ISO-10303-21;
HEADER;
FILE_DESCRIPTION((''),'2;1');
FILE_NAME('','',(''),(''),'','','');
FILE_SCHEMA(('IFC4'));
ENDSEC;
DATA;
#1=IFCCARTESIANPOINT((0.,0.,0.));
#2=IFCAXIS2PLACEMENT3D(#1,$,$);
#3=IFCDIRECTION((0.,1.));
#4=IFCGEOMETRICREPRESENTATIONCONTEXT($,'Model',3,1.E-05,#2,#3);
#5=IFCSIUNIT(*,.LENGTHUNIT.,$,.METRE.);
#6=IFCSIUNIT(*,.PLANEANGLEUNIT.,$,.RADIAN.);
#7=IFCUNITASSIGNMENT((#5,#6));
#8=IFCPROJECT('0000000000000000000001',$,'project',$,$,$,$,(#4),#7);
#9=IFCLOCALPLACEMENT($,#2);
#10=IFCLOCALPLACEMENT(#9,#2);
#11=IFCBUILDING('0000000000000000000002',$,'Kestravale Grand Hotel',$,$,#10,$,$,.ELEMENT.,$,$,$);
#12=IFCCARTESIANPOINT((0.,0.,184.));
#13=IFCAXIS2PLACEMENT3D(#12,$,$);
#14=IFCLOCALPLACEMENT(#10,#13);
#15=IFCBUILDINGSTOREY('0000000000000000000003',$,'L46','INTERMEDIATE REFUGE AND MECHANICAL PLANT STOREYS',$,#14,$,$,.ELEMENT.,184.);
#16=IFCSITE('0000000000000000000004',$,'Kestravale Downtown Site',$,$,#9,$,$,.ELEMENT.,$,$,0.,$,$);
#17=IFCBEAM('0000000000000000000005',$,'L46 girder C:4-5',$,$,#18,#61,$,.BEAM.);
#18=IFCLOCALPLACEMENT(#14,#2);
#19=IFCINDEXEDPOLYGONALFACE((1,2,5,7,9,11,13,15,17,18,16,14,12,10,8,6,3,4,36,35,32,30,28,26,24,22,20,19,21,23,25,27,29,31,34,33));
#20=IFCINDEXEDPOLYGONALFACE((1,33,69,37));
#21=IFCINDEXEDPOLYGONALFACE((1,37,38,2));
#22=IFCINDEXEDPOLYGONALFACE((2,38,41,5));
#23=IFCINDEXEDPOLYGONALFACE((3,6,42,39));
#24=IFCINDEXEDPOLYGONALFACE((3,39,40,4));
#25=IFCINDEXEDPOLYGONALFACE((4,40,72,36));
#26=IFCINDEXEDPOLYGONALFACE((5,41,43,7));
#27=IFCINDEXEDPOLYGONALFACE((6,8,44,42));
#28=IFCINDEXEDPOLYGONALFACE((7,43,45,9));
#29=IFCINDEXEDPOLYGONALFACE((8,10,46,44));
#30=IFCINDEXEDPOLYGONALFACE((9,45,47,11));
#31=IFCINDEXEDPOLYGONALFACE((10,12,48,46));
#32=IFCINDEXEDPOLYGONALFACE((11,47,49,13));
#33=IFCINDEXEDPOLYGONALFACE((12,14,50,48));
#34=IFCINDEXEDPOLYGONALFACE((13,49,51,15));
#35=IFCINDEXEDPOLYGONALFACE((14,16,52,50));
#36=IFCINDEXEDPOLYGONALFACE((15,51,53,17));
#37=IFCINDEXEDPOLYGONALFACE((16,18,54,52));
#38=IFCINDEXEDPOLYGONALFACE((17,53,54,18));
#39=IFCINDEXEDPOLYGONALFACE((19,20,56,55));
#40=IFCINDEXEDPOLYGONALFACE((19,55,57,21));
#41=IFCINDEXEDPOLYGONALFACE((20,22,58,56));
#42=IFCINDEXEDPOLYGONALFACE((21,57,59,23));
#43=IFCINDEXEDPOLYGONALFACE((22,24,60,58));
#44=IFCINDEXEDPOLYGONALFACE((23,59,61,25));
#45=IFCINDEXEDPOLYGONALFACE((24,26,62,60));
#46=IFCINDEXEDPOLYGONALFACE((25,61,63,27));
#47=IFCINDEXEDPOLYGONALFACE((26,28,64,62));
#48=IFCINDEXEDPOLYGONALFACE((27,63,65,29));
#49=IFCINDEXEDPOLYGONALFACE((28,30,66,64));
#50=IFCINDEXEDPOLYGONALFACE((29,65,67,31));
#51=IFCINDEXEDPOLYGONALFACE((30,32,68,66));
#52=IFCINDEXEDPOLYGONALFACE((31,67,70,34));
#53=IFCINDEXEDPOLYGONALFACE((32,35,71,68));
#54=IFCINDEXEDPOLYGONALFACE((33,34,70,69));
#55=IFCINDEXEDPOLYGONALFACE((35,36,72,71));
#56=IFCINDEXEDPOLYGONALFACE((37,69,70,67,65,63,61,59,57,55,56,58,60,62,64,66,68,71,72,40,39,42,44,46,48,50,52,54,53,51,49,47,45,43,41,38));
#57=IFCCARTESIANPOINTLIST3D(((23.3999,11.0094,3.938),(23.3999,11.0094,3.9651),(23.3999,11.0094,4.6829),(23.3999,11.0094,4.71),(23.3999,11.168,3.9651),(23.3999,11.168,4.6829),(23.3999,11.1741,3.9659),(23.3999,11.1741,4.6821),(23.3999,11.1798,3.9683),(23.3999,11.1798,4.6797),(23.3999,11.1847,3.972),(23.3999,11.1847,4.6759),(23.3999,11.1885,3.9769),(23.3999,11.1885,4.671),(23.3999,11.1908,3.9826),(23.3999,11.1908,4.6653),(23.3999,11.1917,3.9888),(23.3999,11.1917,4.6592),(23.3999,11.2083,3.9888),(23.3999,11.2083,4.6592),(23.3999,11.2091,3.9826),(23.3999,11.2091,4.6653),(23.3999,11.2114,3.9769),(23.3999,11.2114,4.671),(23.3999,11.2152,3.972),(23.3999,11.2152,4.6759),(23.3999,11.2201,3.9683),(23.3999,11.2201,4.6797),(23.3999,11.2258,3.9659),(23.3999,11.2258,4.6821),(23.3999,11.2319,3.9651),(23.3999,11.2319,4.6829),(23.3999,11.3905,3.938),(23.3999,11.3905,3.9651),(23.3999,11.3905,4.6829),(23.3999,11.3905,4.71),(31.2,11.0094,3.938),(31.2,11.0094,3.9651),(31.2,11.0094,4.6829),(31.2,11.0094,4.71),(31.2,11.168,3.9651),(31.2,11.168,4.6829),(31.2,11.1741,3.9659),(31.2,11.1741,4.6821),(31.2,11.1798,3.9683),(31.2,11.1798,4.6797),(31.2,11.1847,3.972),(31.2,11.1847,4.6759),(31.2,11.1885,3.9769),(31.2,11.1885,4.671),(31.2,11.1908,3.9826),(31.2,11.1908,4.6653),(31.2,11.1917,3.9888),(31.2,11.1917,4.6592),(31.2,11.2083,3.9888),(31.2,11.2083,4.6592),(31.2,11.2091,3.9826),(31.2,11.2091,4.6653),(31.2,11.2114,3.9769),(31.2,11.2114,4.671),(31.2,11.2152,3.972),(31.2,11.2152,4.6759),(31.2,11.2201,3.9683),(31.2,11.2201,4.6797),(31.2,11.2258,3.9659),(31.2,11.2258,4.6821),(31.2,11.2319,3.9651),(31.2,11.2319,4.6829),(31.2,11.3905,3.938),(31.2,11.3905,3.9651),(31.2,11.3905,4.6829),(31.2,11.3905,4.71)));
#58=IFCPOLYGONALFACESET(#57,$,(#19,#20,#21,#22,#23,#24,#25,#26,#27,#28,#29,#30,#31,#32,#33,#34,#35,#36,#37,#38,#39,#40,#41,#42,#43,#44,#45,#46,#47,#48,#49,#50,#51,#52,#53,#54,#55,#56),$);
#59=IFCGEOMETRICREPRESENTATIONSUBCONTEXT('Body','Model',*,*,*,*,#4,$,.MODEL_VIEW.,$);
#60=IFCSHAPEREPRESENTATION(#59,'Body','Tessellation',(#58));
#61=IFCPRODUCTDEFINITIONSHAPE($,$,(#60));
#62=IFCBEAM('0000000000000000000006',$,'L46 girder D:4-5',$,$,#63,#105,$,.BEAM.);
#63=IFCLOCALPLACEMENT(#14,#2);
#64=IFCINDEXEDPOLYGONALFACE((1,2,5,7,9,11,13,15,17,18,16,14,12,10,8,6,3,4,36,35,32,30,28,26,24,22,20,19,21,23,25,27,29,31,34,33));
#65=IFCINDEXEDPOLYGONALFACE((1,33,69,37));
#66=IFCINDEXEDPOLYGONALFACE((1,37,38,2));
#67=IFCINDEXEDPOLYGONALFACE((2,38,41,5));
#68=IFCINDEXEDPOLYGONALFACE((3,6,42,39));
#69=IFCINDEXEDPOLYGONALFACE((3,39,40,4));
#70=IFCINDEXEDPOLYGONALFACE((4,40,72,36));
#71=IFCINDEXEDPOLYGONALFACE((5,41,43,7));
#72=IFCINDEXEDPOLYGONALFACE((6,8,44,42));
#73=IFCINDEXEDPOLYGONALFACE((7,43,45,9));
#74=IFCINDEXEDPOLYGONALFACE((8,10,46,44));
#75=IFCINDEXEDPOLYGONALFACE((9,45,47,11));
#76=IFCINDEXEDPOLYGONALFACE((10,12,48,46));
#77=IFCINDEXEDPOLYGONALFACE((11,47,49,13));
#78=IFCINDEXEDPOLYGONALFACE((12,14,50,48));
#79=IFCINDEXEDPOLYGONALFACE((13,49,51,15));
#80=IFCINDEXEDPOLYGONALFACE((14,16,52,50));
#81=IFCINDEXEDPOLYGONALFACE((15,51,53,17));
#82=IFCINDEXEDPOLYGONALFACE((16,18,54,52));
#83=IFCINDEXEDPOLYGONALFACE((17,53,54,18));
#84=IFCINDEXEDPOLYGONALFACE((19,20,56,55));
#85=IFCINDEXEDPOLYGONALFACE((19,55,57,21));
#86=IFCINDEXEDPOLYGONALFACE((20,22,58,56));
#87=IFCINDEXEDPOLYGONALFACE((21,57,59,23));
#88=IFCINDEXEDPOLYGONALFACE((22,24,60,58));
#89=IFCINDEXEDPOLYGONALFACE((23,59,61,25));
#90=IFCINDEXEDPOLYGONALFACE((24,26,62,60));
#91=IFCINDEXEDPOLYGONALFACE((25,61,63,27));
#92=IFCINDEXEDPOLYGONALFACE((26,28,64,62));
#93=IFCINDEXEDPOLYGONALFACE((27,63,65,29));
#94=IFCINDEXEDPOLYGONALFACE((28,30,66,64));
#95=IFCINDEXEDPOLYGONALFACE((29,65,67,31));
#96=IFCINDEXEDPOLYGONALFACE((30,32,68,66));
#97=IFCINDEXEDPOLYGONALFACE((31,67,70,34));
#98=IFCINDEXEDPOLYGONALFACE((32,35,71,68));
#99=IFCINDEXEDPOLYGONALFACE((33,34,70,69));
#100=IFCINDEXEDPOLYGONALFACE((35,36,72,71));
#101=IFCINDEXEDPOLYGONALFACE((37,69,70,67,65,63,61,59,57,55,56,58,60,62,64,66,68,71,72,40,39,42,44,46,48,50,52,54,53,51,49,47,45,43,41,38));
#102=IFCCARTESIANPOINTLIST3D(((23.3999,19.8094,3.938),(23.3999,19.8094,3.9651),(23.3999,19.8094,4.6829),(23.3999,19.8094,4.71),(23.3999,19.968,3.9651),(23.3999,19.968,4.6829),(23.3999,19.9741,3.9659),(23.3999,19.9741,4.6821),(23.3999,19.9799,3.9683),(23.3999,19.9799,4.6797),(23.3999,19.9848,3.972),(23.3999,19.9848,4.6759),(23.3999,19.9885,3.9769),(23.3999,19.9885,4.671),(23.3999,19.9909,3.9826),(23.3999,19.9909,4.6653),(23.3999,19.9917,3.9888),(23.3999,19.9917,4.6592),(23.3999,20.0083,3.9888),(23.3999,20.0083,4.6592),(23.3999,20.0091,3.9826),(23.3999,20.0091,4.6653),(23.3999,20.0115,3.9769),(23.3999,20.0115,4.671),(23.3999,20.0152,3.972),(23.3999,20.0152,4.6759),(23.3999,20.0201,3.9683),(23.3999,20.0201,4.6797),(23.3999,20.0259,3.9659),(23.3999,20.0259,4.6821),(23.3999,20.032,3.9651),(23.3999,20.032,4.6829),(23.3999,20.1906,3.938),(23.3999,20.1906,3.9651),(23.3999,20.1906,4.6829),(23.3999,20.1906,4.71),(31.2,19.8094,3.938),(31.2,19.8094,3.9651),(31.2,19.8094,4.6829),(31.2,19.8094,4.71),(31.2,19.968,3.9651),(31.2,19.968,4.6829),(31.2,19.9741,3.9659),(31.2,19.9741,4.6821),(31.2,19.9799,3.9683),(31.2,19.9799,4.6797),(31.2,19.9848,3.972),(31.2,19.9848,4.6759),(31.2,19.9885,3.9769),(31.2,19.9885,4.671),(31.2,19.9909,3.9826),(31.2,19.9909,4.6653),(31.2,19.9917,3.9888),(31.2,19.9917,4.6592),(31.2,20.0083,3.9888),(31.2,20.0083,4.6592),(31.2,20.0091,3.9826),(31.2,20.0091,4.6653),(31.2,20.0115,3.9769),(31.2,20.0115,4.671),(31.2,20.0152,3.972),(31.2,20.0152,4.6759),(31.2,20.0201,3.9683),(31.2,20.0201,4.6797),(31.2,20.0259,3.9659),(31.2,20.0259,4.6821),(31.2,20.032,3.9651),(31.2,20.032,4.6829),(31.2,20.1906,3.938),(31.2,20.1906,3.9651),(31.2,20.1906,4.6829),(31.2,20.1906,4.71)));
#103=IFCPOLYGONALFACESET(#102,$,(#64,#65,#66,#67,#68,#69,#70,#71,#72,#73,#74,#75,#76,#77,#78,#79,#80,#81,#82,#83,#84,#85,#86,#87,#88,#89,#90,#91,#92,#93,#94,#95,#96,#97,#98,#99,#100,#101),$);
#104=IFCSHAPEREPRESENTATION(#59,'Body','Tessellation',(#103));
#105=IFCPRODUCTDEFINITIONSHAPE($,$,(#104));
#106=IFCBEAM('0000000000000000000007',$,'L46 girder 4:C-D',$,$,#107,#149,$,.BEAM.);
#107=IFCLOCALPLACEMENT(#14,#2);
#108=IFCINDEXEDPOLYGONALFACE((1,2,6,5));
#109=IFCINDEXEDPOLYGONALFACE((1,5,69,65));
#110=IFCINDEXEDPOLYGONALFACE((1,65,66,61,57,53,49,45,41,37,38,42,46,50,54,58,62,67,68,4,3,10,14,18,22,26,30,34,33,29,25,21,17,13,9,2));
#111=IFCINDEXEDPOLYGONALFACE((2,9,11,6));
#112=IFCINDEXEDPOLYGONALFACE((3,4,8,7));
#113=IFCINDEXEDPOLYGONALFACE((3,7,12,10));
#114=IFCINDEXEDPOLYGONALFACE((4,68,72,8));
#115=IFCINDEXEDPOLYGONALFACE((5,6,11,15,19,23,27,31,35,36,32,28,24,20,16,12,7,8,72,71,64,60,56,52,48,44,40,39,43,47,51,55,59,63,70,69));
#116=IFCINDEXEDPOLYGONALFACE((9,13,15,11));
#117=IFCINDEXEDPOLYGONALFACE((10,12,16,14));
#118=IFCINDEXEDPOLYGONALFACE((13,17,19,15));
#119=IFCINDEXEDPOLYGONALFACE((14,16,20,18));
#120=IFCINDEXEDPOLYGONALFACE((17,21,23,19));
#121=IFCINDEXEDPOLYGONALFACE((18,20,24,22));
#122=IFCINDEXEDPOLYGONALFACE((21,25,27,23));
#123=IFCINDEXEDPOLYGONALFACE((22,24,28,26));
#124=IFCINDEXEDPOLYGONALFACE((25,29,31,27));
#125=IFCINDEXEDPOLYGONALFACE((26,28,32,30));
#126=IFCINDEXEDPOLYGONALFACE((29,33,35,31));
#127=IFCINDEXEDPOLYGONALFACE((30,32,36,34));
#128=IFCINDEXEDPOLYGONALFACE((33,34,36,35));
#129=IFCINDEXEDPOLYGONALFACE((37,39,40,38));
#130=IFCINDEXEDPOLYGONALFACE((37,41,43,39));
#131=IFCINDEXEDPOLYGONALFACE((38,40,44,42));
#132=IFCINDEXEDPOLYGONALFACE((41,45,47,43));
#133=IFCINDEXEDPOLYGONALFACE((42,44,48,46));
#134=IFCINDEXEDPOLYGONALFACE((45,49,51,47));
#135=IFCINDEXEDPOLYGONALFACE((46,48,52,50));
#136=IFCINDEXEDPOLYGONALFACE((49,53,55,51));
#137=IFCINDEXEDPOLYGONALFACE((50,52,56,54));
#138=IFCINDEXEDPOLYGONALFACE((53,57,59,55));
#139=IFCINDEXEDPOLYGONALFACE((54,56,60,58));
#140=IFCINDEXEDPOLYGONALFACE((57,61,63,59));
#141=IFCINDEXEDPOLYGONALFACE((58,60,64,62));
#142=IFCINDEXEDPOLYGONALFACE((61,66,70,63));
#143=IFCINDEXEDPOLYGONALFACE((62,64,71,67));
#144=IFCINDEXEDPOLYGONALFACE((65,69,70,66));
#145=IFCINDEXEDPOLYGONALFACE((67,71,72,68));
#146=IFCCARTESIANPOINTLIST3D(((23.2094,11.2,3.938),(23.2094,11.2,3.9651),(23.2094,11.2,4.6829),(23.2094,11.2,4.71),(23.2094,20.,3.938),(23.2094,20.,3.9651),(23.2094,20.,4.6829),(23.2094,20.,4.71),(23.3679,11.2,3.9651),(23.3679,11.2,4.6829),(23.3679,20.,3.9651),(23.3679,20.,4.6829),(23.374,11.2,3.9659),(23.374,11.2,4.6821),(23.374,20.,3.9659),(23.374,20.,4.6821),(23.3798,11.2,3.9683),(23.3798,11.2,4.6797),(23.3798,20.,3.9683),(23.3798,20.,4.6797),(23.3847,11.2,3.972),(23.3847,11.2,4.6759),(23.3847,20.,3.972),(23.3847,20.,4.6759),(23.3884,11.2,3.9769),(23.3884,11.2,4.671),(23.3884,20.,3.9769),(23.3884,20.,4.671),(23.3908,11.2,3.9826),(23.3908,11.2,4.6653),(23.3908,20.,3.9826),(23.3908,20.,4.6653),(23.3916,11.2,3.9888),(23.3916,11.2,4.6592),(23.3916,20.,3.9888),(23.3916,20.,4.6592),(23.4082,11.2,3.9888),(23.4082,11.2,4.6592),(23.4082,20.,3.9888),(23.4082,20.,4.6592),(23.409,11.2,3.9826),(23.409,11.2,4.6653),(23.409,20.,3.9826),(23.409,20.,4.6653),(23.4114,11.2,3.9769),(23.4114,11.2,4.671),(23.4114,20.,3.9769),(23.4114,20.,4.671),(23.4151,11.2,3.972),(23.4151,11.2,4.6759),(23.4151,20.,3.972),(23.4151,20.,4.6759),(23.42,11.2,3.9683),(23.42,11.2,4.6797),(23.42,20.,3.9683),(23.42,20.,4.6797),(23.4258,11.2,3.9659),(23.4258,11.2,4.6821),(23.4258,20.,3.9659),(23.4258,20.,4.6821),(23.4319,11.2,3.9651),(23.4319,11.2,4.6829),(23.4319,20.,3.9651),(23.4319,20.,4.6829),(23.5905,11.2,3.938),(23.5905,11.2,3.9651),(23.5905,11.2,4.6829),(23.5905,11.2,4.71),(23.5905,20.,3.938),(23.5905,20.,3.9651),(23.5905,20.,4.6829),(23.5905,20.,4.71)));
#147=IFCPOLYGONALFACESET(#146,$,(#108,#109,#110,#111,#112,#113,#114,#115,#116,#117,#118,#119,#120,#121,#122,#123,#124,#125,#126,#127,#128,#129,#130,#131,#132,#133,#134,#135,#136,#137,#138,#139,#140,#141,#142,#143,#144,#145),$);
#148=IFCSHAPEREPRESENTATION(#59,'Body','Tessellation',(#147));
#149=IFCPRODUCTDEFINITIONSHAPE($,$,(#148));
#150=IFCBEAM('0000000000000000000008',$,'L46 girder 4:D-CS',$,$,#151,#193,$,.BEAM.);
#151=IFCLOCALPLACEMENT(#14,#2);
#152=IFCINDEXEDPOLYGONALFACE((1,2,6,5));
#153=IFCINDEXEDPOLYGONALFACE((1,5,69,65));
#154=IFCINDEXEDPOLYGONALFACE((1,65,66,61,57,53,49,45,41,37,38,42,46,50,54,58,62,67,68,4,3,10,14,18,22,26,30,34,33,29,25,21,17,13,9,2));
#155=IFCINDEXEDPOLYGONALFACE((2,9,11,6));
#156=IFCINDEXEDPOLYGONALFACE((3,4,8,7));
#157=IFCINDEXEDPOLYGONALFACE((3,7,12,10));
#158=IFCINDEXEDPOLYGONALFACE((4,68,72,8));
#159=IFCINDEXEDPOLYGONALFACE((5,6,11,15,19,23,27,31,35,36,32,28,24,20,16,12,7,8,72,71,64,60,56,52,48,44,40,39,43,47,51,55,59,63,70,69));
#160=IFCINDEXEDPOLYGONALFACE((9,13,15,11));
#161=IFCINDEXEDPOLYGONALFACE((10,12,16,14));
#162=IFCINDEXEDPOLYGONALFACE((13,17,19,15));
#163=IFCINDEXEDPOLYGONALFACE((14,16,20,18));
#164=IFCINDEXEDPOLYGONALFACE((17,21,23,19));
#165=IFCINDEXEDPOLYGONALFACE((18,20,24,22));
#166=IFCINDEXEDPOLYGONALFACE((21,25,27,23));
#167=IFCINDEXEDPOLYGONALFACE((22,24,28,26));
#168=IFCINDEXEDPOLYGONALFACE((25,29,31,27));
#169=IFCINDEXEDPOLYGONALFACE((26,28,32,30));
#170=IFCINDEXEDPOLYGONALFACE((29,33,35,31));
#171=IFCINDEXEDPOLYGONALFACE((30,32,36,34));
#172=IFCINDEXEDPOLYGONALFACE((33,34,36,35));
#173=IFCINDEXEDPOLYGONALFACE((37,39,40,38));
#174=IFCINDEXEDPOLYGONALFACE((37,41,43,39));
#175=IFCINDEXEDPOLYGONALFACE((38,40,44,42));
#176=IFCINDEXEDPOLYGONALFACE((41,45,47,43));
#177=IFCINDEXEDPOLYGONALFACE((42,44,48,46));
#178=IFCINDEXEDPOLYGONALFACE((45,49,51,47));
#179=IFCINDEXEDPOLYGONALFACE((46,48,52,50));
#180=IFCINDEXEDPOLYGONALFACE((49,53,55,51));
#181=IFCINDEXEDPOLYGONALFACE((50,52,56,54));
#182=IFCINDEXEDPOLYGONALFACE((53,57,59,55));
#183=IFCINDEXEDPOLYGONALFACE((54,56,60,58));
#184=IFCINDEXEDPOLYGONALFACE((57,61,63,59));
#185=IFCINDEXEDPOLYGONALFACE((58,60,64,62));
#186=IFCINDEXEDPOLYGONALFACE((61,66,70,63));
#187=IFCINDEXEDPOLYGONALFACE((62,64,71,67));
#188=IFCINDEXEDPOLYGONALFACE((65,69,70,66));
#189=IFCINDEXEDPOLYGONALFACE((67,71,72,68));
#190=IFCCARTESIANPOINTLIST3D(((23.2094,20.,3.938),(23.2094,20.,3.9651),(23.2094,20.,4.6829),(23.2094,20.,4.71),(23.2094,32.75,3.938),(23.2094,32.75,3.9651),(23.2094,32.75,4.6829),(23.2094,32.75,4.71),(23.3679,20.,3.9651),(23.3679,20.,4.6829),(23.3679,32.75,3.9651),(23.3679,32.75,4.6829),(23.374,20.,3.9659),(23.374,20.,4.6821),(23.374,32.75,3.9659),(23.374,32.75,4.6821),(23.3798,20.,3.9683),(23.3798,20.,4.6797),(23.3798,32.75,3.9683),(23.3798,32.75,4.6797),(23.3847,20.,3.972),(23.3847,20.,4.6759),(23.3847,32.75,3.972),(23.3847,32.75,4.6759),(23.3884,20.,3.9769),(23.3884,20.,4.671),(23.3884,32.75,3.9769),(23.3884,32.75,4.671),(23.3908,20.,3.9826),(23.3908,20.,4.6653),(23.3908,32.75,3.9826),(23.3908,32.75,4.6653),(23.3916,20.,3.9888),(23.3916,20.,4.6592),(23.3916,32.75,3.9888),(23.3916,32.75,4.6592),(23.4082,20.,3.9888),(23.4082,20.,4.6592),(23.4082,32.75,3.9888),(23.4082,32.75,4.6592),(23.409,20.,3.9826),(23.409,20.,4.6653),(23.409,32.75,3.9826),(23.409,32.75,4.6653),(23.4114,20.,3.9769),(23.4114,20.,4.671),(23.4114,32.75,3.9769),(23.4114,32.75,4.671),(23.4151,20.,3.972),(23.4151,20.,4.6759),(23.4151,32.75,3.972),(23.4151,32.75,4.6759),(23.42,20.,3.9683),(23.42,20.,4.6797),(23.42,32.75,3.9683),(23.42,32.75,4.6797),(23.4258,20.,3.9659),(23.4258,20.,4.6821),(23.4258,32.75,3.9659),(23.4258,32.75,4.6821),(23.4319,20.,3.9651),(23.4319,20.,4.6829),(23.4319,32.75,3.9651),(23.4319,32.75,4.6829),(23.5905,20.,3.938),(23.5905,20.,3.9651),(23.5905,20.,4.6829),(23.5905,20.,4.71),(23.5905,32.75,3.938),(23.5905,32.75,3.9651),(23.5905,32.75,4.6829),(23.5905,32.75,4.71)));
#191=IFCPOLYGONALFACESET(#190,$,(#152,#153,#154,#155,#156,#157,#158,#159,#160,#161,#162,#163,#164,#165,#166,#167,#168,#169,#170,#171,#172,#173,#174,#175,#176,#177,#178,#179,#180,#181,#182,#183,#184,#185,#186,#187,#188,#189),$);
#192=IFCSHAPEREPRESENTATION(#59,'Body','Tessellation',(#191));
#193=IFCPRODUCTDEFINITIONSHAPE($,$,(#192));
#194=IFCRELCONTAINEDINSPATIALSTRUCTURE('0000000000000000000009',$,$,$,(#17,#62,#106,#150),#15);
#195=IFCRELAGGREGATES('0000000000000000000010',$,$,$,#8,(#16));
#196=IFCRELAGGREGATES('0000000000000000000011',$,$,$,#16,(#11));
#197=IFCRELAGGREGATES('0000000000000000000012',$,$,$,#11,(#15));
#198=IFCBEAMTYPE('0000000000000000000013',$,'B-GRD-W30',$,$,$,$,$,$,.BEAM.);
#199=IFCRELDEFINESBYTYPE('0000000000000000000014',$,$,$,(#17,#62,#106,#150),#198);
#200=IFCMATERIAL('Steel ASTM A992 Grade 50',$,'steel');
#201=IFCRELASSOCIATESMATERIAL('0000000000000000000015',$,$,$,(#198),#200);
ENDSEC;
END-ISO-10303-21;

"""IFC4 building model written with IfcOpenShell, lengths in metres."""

from ifc_helpers import new_model, si_unit, direction, frame, origin, origin_2d, place, context, subcontext, project, spatial, i_section, extrude, material, material_profile, profile_set, type_object, element, save


model = new_model("IFC4")

# Units and contexts
model_context = context("Model", 3, precision=1e-05, world=origin(), true_north=direction((0.0, 1.0)))
body_context = subcontext(model_context, "Body", "Model", "MODEL_VIEW")
ifc_project = project(units=[si_unit("LENGTHUNIT", "METRE"), si_unit("PLANEANGLEUNIT", "RADIAN")], contexts=[model_context])

# Site, building, storey
site_placement = place(None, origin())
site = spatial("IfcSite", under=ifc_project, at=site_placement, Name="Kestravale Downtown Site", CompositionType="ELEMENT", RefElevation=0.0)
building_placement = place(site_placement, origin())
building = spatial("IfcBuilding", under=site, at=building_placement, Name="Kestravale Grand Hotel", CompositionType="ELEMENT")
storey_placement = place(building_placement, frame((0.0, 0.0, 184.0)))
storey = spatial("IfcBuildingStorey", under=building, at=storey_placement, Name="L46", Description="INTERMEDIATE REFUGE AND MECHANICAL PLANT STOREYS", CompositionType="ELEMENT", Elevation=184.0)

# Beams
ifc_material_1 = material(Name="Steel ASTM A992 Grade 50", Category="steel")
ifc_material_profile_1 = material_profile(ifc_material_1, i_section(OverallWidth=0.3811, OverallDepth=0.772, WebThickness=0.0166, FlangeThickness=0.0271, FilletRadius=0.0237, at=origin_2d()))
ifc_profile_set_1 = profile_set([ifc_material_profile_1], Name="Steel ASTM A992 Grade 50")
beam_type_1 = type_object("IfcBeamType", Name="B-GRD-W30", PredefinedType="BEAM", material=ifc_profile_set_1)
for number, where, z_axis, x_axis, name in (
    (1, (23.3999, 11.2, 4.324), (1.0, 0.0, 0.0), (0.0, 1.0, 0.0), "L46 girder C:4-5"),
    (2, (23.3999, 20.0, 4.324), (1.0, 0.0, 0.0), (0.0, 1.0, 0.0), "L46 girder D:4-5"),
):
    element("IfcBeam", number, at=place(storey_placement, frame(where, z_axis=z_axis, x_axis=x_axis)), inside=storey, type_object=beam_type_1, Name=name, PredefinedType="BEAM", context=body_context, shape_type="SweptSolid", body=[
        extrude(i_section(OverallWidth=0.3811, OverallDepth=0.772, WebThickness=0.0166, FlangeThickness=0.0271, FilletRadius=0.0237, at=origin_2d()), origin(), (0.0, 0.0, 1.0), 7.8),
    ])
beam_1_placement = place(storey_placement, frame((23.3999, 11.2, 4.324), z_axis=(0.0, 1.0, 0.0), x_axis=(-1.0, 0.0, 0.0)))
element("IfcBeam", 3, at=beam_1_placement, inside=storey, type_object=beam_type_1, Name="L46 girder 4:C-D", PredefinedType="BEAM", context=body_context, shape_type="SweptSolid", body=[
    extrude(i_section(OverallWidth=0.3811, OverallDepth=0.772, WebThickness=0.0166, FlangeThickness=0.0271, FilletRadius=0.0237, at=origin_2d()), origin(), (0.0, 0.0, 1.0), 8.8),
])
beam_2_placement = place(storey_placement, frame((23.3999, 20.0, 4.324), z_axis=(0.0, 1.0, 0.0), x_axis=(-1.0, 0.0, 0.0)))
element("IfcBeam", 4, at=beam_2_placement, inside=storey, type_object=beam_type_1, Name="L46 girder 4:D-CS", PredefinedType="BEAM", context=body_context, shape_type="SweptSolid", body=[
    extrude(i_section(OverallWidth=0.3811, OverallDepth=0.772, WebThickness=0.0166, FlangeThickness=0.0271, FilletRadius=0.0237, at=origin_2d()), origin(), (0.0, 0.0, 1.0), 12.75),
])

save(model, "model.ifc")
